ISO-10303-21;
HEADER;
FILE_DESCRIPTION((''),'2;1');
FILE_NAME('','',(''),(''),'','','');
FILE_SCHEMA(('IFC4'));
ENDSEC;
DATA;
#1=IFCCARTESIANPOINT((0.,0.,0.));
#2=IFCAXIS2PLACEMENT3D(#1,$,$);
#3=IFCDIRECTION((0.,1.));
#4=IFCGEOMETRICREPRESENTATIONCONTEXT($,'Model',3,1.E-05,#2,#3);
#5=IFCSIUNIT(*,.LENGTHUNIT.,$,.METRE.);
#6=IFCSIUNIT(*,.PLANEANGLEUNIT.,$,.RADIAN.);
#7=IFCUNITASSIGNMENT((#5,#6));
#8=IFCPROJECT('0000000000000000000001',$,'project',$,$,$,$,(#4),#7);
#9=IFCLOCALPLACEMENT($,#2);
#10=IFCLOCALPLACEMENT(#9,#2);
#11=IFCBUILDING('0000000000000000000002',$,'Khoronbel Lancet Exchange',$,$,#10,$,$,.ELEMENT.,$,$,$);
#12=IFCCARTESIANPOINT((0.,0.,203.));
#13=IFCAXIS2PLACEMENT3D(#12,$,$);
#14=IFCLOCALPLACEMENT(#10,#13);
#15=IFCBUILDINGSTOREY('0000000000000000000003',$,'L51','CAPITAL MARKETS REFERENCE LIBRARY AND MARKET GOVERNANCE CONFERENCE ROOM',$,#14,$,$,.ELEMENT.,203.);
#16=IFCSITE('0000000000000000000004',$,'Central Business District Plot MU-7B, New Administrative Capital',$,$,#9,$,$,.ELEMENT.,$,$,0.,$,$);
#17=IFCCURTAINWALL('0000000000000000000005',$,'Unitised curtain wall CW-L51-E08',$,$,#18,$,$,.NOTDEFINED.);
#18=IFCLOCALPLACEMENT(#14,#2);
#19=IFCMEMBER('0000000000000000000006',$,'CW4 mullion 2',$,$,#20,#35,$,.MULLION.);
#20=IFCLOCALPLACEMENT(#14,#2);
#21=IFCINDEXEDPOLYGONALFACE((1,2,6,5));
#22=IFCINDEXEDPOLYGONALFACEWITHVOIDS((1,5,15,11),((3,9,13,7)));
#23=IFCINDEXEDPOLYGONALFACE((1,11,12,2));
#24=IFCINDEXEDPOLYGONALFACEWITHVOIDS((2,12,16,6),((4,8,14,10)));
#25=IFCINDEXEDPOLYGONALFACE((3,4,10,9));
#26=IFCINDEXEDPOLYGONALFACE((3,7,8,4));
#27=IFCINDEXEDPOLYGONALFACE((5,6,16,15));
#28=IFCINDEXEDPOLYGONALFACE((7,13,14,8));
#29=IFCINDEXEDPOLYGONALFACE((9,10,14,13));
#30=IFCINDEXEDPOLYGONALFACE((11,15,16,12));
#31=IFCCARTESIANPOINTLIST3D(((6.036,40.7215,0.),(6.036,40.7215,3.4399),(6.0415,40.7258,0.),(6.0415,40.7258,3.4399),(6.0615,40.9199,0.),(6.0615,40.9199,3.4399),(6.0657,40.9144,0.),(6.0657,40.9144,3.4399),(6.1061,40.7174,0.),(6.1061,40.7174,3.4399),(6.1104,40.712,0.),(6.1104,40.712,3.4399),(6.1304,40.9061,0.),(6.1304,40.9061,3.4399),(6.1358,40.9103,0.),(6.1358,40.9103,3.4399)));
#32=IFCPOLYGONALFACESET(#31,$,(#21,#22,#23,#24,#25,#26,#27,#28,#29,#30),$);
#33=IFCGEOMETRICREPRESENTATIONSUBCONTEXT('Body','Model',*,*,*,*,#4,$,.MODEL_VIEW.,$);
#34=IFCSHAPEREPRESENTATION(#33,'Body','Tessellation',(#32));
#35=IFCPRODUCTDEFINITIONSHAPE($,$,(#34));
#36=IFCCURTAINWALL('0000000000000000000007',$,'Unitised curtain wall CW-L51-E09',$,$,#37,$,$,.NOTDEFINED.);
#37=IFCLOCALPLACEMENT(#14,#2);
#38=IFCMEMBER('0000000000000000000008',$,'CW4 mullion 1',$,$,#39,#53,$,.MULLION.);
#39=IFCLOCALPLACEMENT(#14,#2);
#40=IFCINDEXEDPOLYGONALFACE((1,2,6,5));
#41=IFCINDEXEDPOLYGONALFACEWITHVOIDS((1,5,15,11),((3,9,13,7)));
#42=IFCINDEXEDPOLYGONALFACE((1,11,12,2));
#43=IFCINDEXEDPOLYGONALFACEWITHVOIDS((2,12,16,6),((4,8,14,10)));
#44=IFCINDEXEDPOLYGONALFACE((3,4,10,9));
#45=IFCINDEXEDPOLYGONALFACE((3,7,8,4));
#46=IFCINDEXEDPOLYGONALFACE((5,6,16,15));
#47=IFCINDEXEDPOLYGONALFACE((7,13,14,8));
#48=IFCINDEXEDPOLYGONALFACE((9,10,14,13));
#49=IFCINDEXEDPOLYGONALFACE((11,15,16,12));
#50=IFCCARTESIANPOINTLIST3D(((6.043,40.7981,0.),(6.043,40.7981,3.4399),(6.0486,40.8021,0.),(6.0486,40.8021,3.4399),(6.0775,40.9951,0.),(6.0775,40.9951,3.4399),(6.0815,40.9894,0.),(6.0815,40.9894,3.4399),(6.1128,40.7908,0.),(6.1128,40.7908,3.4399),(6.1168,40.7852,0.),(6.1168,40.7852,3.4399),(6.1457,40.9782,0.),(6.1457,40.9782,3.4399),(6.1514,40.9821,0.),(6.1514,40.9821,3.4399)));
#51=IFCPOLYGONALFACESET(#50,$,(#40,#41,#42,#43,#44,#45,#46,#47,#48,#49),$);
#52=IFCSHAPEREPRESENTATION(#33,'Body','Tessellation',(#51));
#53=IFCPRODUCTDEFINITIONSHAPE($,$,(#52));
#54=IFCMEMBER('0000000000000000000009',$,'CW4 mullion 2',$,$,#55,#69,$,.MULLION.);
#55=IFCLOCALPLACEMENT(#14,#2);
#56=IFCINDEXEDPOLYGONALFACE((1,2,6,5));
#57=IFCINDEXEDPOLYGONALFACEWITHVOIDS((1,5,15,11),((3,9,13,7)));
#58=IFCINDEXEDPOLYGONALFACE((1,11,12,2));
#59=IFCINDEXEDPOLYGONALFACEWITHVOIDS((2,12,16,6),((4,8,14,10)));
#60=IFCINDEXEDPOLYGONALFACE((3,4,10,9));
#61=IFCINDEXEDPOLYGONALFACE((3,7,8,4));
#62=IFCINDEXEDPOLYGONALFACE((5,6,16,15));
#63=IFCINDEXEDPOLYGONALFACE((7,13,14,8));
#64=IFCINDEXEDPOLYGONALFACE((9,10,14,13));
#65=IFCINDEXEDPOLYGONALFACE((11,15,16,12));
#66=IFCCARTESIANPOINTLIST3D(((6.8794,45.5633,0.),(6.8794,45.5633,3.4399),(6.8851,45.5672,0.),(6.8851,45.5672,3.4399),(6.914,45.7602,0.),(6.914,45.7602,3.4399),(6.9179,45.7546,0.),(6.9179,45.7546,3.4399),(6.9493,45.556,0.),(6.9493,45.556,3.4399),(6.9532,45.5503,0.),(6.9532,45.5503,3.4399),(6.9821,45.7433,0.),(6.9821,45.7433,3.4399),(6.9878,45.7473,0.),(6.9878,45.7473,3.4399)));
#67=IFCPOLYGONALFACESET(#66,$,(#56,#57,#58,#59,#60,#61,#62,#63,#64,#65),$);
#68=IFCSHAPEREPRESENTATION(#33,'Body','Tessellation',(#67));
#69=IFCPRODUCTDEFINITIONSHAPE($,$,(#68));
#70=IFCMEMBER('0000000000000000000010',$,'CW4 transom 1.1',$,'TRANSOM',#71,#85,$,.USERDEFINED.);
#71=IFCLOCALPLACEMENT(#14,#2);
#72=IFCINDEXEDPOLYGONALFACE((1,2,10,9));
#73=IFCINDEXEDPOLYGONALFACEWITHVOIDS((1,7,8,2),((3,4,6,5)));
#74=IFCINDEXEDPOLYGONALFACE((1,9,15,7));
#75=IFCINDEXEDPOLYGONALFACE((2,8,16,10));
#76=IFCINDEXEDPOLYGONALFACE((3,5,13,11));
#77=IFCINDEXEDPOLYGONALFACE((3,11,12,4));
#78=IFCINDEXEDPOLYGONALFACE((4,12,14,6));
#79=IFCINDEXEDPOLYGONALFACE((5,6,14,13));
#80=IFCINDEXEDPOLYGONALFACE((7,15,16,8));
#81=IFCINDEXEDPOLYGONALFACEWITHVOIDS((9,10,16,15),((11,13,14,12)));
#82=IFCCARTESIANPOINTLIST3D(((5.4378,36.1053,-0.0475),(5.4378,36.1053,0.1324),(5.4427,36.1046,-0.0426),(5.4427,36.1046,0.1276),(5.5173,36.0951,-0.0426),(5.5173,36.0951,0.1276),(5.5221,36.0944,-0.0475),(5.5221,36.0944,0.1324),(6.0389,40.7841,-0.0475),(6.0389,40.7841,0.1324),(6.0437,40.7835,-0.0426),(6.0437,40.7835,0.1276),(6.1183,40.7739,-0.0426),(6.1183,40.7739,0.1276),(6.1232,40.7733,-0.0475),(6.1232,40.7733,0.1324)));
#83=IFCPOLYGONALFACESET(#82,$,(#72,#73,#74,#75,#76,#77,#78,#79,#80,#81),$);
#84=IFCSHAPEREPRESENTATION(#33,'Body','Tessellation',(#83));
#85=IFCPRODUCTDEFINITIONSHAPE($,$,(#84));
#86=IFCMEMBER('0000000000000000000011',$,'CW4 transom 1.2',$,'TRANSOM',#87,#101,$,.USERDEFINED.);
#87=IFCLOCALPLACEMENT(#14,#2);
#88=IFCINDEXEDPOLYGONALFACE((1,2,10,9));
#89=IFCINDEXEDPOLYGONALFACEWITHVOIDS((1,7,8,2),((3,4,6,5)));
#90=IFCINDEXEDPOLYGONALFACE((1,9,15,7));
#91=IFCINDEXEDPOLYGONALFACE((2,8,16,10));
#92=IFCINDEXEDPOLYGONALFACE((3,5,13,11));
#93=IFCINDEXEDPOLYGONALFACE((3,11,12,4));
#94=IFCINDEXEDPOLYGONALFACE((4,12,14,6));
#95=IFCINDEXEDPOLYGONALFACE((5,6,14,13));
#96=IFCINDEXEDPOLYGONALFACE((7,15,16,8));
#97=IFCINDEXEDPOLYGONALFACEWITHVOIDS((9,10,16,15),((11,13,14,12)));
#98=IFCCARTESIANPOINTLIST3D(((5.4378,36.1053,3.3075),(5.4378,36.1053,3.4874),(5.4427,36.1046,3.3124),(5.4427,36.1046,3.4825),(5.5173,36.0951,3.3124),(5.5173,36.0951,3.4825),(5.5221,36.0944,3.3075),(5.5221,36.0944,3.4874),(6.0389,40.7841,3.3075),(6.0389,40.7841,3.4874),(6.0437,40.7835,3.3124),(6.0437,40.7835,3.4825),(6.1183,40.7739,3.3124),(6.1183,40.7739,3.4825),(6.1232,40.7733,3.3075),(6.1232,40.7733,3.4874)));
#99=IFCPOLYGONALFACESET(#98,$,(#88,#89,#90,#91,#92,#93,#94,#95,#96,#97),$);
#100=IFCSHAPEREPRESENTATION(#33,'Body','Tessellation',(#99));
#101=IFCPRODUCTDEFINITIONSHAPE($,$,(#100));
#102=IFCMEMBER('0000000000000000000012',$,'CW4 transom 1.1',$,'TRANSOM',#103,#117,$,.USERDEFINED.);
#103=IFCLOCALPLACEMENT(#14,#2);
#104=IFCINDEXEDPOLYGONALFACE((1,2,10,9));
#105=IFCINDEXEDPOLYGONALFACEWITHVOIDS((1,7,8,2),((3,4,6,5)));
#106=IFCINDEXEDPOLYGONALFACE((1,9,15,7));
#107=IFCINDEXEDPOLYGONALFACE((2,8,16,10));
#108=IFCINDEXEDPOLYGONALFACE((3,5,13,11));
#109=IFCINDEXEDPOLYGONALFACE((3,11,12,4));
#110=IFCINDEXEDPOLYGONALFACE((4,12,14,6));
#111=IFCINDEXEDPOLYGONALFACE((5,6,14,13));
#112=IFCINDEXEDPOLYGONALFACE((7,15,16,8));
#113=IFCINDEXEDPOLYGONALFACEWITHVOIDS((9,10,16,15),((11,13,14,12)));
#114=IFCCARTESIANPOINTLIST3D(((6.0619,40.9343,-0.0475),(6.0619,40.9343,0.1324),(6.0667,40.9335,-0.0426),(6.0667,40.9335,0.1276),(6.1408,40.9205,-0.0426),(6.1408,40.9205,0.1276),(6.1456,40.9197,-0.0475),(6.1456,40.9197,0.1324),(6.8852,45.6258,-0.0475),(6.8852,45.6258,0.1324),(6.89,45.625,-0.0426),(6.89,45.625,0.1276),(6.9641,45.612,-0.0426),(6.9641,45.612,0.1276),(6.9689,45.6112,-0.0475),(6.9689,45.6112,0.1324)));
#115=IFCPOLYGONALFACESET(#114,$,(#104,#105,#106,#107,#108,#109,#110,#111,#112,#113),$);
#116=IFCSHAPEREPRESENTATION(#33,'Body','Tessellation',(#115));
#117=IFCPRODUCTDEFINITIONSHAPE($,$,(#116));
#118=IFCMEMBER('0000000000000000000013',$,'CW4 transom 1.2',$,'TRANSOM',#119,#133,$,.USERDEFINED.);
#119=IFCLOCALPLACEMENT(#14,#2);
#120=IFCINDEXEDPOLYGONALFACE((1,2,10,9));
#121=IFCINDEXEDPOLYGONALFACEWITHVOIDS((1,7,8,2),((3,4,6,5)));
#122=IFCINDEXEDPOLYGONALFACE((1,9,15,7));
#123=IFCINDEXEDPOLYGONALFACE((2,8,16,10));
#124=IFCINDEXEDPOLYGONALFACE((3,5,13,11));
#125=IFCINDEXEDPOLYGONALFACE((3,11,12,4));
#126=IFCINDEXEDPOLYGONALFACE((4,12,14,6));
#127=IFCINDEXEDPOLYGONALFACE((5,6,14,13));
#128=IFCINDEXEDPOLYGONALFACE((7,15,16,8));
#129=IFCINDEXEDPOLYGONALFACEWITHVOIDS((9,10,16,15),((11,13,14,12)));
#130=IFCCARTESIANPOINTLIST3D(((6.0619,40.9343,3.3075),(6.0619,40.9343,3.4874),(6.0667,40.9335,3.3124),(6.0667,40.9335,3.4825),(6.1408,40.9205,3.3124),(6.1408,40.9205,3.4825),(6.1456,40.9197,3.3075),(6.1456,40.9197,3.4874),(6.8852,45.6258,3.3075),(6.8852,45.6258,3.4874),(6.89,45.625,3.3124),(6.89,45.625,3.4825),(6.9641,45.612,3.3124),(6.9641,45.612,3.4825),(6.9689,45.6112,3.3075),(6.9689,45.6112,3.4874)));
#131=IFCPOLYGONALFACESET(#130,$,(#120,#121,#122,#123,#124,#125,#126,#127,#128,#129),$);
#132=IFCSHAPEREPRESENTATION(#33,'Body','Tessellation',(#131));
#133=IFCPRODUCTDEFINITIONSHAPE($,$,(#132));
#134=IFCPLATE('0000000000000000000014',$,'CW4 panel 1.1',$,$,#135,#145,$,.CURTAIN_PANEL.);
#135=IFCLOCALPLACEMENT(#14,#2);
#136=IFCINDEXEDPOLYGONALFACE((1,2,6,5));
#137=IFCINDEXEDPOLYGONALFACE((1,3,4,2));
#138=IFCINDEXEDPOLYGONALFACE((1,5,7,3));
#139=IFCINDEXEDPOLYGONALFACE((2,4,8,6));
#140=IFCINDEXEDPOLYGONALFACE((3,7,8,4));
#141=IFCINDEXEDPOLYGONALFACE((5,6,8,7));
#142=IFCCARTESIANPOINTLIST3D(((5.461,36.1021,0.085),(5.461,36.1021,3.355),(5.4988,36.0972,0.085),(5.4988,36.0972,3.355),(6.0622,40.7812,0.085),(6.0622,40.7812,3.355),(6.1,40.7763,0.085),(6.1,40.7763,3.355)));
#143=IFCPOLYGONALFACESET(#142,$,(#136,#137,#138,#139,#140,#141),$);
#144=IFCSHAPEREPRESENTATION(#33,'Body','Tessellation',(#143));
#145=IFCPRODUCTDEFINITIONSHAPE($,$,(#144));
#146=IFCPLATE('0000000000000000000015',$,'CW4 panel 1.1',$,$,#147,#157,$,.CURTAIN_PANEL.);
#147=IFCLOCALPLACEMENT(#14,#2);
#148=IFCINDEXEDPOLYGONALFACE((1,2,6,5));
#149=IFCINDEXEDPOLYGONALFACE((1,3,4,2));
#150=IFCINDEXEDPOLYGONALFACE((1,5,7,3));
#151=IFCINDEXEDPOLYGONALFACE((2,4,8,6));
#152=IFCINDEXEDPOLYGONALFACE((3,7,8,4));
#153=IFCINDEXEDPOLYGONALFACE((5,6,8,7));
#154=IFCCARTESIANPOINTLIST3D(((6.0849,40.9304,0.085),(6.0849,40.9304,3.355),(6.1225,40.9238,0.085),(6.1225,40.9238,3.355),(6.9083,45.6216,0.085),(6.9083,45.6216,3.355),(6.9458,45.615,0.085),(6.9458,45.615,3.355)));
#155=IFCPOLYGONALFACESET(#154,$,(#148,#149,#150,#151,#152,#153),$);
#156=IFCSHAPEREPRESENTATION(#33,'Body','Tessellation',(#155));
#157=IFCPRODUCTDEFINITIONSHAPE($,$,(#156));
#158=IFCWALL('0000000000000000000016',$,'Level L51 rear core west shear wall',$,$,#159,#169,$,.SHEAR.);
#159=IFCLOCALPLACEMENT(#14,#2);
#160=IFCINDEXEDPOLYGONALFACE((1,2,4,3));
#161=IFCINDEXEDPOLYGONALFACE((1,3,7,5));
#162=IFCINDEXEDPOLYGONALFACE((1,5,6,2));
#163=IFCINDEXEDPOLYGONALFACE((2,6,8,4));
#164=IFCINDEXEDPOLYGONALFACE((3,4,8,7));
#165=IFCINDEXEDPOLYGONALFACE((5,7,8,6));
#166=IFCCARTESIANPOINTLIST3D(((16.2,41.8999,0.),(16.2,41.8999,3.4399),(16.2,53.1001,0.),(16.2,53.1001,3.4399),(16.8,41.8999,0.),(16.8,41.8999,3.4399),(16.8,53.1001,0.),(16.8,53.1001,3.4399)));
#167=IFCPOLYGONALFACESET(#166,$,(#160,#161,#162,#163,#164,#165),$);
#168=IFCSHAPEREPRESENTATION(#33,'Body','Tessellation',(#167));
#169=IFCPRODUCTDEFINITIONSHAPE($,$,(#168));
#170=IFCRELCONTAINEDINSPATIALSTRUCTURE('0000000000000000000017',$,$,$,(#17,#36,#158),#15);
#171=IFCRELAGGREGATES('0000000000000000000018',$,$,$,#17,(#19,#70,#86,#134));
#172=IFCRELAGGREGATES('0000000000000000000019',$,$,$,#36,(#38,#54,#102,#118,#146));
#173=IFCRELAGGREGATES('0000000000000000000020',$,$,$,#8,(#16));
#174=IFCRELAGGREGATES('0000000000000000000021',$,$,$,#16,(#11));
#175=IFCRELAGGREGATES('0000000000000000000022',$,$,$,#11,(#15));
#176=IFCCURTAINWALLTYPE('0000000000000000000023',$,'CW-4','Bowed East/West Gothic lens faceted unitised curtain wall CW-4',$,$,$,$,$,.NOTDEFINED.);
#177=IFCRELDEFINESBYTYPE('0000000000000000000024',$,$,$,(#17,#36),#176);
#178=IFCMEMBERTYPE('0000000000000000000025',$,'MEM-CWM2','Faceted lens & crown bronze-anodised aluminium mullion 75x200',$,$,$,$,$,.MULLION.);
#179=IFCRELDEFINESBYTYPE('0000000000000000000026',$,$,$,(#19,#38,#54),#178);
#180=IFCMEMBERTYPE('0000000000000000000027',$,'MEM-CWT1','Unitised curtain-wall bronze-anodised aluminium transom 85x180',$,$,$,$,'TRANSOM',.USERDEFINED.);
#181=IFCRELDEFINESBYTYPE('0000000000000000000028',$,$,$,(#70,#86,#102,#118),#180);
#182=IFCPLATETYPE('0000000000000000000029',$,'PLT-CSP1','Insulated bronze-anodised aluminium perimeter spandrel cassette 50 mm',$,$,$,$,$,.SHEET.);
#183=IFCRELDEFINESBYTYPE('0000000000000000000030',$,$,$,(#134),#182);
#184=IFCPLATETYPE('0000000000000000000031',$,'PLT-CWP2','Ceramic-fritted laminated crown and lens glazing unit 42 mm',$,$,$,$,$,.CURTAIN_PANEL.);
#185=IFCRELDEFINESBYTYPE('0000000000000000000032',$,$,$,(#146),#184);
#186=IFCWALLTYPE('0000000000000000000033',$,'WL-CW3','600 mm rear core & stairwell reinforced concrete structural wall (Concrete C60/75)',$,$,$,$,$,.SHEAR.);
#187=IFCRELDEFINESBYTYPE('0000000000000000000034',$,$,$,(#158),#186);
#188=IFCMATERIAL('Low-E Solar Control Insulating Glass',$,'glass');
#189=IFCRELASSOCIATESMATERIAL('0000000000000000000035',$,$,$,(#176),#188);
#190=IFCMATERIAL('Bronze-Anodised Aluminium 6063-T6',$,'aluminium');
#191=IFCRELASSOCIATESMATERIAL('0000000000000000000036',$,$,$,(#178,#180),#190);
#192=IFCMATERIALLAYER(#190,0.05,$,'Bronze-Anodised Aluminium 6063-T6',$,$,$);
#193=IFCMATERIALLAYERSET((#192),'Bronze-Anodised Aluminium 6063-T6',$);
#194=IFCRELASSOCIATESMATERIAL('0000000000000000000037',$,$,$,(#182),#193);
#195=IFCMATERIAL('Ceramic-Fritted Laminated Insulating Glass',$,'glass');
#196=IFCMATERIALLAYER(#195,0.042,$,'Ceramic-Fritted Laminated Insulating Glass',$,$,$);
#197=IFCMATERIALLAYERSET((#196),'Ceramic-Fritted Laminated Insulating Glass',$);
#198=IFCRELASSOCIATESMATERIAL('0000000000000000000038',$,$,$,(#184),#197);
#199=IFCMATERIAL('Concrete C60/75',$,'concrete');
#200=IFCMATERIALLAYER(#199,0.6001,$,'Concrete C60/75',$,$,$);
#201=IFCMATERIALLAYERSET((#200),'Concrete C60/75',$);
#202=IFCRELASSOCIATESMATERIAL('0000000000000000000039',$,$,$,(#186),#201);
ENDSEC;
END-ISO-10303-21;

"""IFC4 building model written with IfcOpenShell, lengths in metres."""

from ifc_helpers import new_model, si_unit, direction, frame, frame_2d, origin, origin_2d, place, context, subcontext, project, spatial, rectangle, hollow_rectangle, extrude, material, layer, layer_set, material_profile, profile_set, type_object, element, aggregate, save


model = new_model("IFC4")

# Units and contexts
model_context = context("Model", 3, precision=1e-05, world=origin(), true_north=direction((0.0, 1.0)))
body_context = subcontext(model_context, "Body", "Model", "MODEL_VIEW")
ifc_project = project(units=[si_unit("LENGTHUNIT", "METRE"), si_unit("PLANEANGLEUNIT", "RADIAN")], contexts=[model_context])

# Site, building, storey
site_placement = place(None, origin())
site = spatial("IfcSite", under=ifc_project, at=site_placement, Name="Central Business District Plot MU-7B, New Administrative Capital", CompositionType="ELEMENT", RefElevation=0.0)
building_placement = place(site_placement, origin())
building = spatial("IfcBuilding", under=site, at=building_placement, Name="Khoronbel Lancet Exchange", CompositionType="ELEMENT")
storey_placement = place(building_placement, frame((0.0, 0.0, 203.0)))
storey = spatial("IfcBuildingStorey", under=building, at=storey_placement, Name="L51", Description="CAPITAL MARKETS REFERENCE LIBRARY AND MARKET GOVERNANCE CONFERENCE ROOM", CompositionType="ELEMENT", Elevation=203.0)

# Shared definitions
ifc_material_1 = material(Name="Low-E Solar Control Insulating Glass", Category="glass")
curtain_wall_type = type_object("IfcCurtainWallType", Name="CW-4", Description="Bowed East/West Gothic lens faceted unitised curtain wall CW-4", PredefinedType="NOTDEFINED", material=ifc_material_1)
ifc_material_2 = material(Name="Bronze-Anodised Aluminium 6063-T6", Category="aluminium")
ifc_material_profile_1 = material_profile(ifc_material_2, hollow_rectangle(XDim=0.075, YDim=0.2, WallThickness=0.0049, at=origin_2d()), Name="ALU MULLION 75x200")
ifc_profile_set_1 = profile_set([ifc_material_profile_1], Name="Bronze-Anodised Aluminium 6063-T6")
member_type_1 = type_object("IfcMemberType", Name="MEM-CWM2", Description="Faceted lens & crown bronze-anodised aluminium mullion 75x200", PredefinedType="MULLION", material=ifc_profile_set_1)

# Curtain walls, members
curtain_wall_1_placement = place(storey_placement, origin())
curtain_wall_1 = element("IfcCurtainWall", 1, at=curtain_wall_1_placement, inside=storey, type_object=curtain_wall_type, Name="Unitised curtain wall CW-L51-E08", PredefinedType="NOTDEFINED")
member_1_placement = place(storey_placement, frame((6.0859, 40.8159, 0.0), z_axis=(0.0, 0.0, 1.0), x_axis=(-0.991847, 0.127437, 0.0)))
member_1 = element("IfcMember", 2, at=member_1_placement, type_object=member_type_1, Name="CW4 mullion 2", PredefinedType="MULLION", context=body_context, shape_type="SweptSolid", body=[
    extrude(hollow_rectangle(XDim=0.075, YDim=0.2, WallThickness=0.0049, at=origin_2d()), origin(), (0.0, 0.0, 1.0), 3.4399),
])
curtain_wall_2_placement = place(storey_placement, origin())
curtain_wall_2 = element("IfcCurtainWall", 3, at=curtain_wall_2_placement, inside=storey, type_object=curtain_wall_type, Name="Unitised curtain wall CW-L51-E09", PredefinedType="NOTDEFINED")
member_2_placement = place(storey_placement, frame((6.0972, 40.8901, 0.0), z_axis=(0.0, 0.0, 1.0), x_axis=(-0.984945, 0.172869, 0.0)))
member_2 = element("IfcMember", 4, at=member_2_placement, type_object=member_type_1, Name="CW4 mullion 1", PredefinedType="MULLION", context=body_context, shape_type="SweptSolid", body=[
    extrude(hollow_rectangle(XDim=0.075, YDim=0.2, WallThickness=0.0049, at=origin_2d()), origin(), (0.0, 0.0, 1.0), 3.4399),
])
member_3_placement = place(storey_placement, frame((6.9336, 45.6553, 0.0), z_axis=(0.0, 0.0, 1.0), x_axis=(-0.984945, 0.172869, 0.0)))
member_3 = element("IfcMember", 5, at=member_3_placement, type_object=member_type_1, Name="CW4 mullion 2", PredefinedType="MULLION", context=body_context, shape_type="SweptSolid", body=[
    extrude(hollow_rectangle(XDim=0.075, YDim=0.2, WallThickness=0.0049, at=origin_2d()), origin(), (0.0, 0.0, 1.0), 3.4399),
])

# Members
ifc_material_profile_2 = material_profile(ifc_material_2, hollow_rectangle(XDim=0.085, YDim=0.1799, WallThickness=0.0049, at=origin_2d()), Name="ALU TRANSOM 85x180")
ifc_profile_set_2 = profile_set([ifc_material_profile_2], Name="Bronze-Anodised Aluminium 6063-T6")
member_type_2 = type_object("IfcMemberType", Name="MEM-CWT1", Description="Unitised curtain-wall bronze-anodised aluminium transom 85x180", ElementType="TRANSOM", PredefinedType="USERDEFINED", material=ifc_profile_set_2)
member_4_placement = place(storey_placement, frame((5.48, 36.0999, 0.0425), z_axis=(0.127416, 0.991849, 0.0), x_axis=(-0.991849, 0.127416, 0.0)))
member_4 = element("IfcMember", 6, at=member_4_placement, type_object=member_type_2, Name="CW4 transom 1.1", ObjectType="TRANSOM", PredefinedType="USERDEFINED", context=body_context, shape_type="SweptSolid", body=[
    extrude(hollow_rectangle(XDim=0.085, YDim=0.1799, WallThickness=0.0049, at=origin_2d()), origin(), (0.0, 0.0, 1.0), 4.7173),
])
member_5_placement = place(storey_placement, frame((5.48, 36.0999, 3.3975), z_axis=(0.127416, 0.991849, 0.0), x_axis=(-0.991849, 0.127416, 0.0)))
member_5 = element("IfcMember", 7, at=member_5_placement, type_object=member_type_2, Name="CW4 transom 1.2", ObjectType="TRANSOM", PredefinedType="USERDEFINED", context=body_context, shape_type="SweptSolid", body=[
    extrude(hollow_rectangle(XDim=0.085, YDim=0.1799, WallThickness=0.0049, at=origin_2d()), origin(), (0.0, 0.0, 1.0), 4.7173),
])
member_6_placement = place(storey_placement, frame((6.1038, 40.927, 0.0425), z_axis=(0.172838, 0.98495, 0.0), x_axis=(-0.98495, 0.172838, 0.0)))
member_6 = element("IfcMember", 8, at=member_6_placement, type_object=member_type_2, Name="CW4 transom 1.1", ObjectType="TRANSOM", PredefinedType="USERDEFINED", context=body_context, shape_type="SweptSolid", body=[
    extrude(hollow_rectangle(XDim=0.085, YDim=0.1799, WallThickness=0.0049, at=origin_2d()), origin(), (0.0, 0.0, 1.0), 4.7632),
])
member_7_placement = place(storey_placement, frame((6.1038, 40.927, 3.3975), z_axis=(0.172838, 0.98495, 0.0), x_axis=(-0.98495, 0.172838, 0.0)))
member_7 = element("IfcMember", 9, at=member_7_placement, type_object=member_type_2, Name="CW4 transom 1.2", ObjectType="TRANSOM", PredefinedType="USERDEFINED", context=body_context, shape_type="SweptSolid", body=[
    extrude(hollow_rectangle(XDim=0.085, YDim=0.1799, WallThickness=0.0049, at=origin_2d()), origin(), (0.0, 0.0, 1.0), 4.7632),
])

# Plates
ifc_layer_1 = layer(ifc_material_2, 0.05, Name="Bronze-Anodised Aluminium 6063-T6")
ifc_layer_set_1 = layer_set([ifc_layer_1], Name="Bronze-Anodised Aluminium 6063-T6")
plate_type_1 = type_object("IfcPlateType", Name="PLT-CSP1", Description="Insulated bronze-anodised aluminium perimeter spandrel cassette 50 mm", PredefinedType="SHEET", material=ifc_layer_set_1)
plate_1_placement = place(storey_placement, frame((5.7805, 38.4392, 0.085), z_axis=(0.0, 0.0, 1.0), x_axis=(0.127437, 0.991847, 0.0)))
plate_1 = element("IfcPlate", 10, at=plate_1_placement, type_object=plate_type_1, Name="CW4 panel 1.1", PredefinedType="CURTAIN_PANEL", context=body_context, shape_type="SweptSolid", body=[
    extrude(rectangle(XDim=4.7175, YDim=0.0381, at=origin_2d()), origin(), (0.0, 0.0, 1.0), 3.27),
])
aggregate(curtain_wall_1, [member_1, member_4, member_5, plate_1])
ifc_material_3 = material(Name="Ceramic-Fritted Laminated Insulating Glass", Category="glass")
ifc_layer_2 = layer(ifc_material_3, 0.042, Name="Ceramic-Fritted Laminated Insulating Glass")
ifc_layer_set_2 = layer_set([ifc_layer_2], Name="Ceramic-Fritted Laminated Insulating Glass")
plate_type_2 = type_object("IfcPlateType", Name="PLT-CWP2", Description="Ceramic-fritted laminated crown and lens glazing unit 42 mm", PredefinedType="CURTAIN_PANEL", material=ifc_layer_set_2)
plate_2_placement = place(storey_placement, frame((6.5154, 43.2727, 0.085), z_axis=(0.0, 0.0, 1.0), x_axis=(0.172869, 0.984945, 0.0)))
plate_2 = element("IfcPlate", 11, at=plate_2_placement, type_object=plate_type_2, Name="CW4 panel 1.1", PredefinedType="CURTAIN_PANEL", context=body_context, shape_type="SweptSolid", body=[
    extrude(rectangle(XDim=4.7629, YDim=0.0381, at=origin_2d()), origin(), (0.0, 0.0, 1.0), 3.27),
])
aggregate(curtain_wall_2, [member_2, member_3, member_6, member_7, plate_2])

# Wall
ifc_material_4 = material(Name="Concrete C60/75", Category="concrete")
ifc_layer_3 = layer(ifc_material_4, 0.6001, Name="Concrete C60/75")
ifc_layer_set_3 = layer_set([ifc_layer_3], Name="Concrete C60/75")
wall_type_1 = type_object("IfcWallType", Name="WL-CW3", Description="600 mm rear core & stairwell reinforced concrete structural wall (Concrete C60/75)", PredefinedType="SHEAR", material=ifc_layer_set_3)
wall_1_placement = place(storey_placement, frame((16.5, 41.8999, 0.0), z_axis=(0.0, 0.0, 1.0), x_axis=(0.0, 1.0, 0.0)))
element("IfcWall", 12, at=wall_1_placement, inside=storey, type_object=wall_type_1, Name="Level L51 rear core west shear wall", PredefinedType="SHEAR", context=body_context, shape_type="SweptSolid", body=[
    extrude(rectangle(XDim=11.2002, YDim=0.6001, at=frame_2d((5.6001, 0.0))), origin(), (0.0, 0.0, 1.0), 3.4399),
])

save(model, "model.ifc")
